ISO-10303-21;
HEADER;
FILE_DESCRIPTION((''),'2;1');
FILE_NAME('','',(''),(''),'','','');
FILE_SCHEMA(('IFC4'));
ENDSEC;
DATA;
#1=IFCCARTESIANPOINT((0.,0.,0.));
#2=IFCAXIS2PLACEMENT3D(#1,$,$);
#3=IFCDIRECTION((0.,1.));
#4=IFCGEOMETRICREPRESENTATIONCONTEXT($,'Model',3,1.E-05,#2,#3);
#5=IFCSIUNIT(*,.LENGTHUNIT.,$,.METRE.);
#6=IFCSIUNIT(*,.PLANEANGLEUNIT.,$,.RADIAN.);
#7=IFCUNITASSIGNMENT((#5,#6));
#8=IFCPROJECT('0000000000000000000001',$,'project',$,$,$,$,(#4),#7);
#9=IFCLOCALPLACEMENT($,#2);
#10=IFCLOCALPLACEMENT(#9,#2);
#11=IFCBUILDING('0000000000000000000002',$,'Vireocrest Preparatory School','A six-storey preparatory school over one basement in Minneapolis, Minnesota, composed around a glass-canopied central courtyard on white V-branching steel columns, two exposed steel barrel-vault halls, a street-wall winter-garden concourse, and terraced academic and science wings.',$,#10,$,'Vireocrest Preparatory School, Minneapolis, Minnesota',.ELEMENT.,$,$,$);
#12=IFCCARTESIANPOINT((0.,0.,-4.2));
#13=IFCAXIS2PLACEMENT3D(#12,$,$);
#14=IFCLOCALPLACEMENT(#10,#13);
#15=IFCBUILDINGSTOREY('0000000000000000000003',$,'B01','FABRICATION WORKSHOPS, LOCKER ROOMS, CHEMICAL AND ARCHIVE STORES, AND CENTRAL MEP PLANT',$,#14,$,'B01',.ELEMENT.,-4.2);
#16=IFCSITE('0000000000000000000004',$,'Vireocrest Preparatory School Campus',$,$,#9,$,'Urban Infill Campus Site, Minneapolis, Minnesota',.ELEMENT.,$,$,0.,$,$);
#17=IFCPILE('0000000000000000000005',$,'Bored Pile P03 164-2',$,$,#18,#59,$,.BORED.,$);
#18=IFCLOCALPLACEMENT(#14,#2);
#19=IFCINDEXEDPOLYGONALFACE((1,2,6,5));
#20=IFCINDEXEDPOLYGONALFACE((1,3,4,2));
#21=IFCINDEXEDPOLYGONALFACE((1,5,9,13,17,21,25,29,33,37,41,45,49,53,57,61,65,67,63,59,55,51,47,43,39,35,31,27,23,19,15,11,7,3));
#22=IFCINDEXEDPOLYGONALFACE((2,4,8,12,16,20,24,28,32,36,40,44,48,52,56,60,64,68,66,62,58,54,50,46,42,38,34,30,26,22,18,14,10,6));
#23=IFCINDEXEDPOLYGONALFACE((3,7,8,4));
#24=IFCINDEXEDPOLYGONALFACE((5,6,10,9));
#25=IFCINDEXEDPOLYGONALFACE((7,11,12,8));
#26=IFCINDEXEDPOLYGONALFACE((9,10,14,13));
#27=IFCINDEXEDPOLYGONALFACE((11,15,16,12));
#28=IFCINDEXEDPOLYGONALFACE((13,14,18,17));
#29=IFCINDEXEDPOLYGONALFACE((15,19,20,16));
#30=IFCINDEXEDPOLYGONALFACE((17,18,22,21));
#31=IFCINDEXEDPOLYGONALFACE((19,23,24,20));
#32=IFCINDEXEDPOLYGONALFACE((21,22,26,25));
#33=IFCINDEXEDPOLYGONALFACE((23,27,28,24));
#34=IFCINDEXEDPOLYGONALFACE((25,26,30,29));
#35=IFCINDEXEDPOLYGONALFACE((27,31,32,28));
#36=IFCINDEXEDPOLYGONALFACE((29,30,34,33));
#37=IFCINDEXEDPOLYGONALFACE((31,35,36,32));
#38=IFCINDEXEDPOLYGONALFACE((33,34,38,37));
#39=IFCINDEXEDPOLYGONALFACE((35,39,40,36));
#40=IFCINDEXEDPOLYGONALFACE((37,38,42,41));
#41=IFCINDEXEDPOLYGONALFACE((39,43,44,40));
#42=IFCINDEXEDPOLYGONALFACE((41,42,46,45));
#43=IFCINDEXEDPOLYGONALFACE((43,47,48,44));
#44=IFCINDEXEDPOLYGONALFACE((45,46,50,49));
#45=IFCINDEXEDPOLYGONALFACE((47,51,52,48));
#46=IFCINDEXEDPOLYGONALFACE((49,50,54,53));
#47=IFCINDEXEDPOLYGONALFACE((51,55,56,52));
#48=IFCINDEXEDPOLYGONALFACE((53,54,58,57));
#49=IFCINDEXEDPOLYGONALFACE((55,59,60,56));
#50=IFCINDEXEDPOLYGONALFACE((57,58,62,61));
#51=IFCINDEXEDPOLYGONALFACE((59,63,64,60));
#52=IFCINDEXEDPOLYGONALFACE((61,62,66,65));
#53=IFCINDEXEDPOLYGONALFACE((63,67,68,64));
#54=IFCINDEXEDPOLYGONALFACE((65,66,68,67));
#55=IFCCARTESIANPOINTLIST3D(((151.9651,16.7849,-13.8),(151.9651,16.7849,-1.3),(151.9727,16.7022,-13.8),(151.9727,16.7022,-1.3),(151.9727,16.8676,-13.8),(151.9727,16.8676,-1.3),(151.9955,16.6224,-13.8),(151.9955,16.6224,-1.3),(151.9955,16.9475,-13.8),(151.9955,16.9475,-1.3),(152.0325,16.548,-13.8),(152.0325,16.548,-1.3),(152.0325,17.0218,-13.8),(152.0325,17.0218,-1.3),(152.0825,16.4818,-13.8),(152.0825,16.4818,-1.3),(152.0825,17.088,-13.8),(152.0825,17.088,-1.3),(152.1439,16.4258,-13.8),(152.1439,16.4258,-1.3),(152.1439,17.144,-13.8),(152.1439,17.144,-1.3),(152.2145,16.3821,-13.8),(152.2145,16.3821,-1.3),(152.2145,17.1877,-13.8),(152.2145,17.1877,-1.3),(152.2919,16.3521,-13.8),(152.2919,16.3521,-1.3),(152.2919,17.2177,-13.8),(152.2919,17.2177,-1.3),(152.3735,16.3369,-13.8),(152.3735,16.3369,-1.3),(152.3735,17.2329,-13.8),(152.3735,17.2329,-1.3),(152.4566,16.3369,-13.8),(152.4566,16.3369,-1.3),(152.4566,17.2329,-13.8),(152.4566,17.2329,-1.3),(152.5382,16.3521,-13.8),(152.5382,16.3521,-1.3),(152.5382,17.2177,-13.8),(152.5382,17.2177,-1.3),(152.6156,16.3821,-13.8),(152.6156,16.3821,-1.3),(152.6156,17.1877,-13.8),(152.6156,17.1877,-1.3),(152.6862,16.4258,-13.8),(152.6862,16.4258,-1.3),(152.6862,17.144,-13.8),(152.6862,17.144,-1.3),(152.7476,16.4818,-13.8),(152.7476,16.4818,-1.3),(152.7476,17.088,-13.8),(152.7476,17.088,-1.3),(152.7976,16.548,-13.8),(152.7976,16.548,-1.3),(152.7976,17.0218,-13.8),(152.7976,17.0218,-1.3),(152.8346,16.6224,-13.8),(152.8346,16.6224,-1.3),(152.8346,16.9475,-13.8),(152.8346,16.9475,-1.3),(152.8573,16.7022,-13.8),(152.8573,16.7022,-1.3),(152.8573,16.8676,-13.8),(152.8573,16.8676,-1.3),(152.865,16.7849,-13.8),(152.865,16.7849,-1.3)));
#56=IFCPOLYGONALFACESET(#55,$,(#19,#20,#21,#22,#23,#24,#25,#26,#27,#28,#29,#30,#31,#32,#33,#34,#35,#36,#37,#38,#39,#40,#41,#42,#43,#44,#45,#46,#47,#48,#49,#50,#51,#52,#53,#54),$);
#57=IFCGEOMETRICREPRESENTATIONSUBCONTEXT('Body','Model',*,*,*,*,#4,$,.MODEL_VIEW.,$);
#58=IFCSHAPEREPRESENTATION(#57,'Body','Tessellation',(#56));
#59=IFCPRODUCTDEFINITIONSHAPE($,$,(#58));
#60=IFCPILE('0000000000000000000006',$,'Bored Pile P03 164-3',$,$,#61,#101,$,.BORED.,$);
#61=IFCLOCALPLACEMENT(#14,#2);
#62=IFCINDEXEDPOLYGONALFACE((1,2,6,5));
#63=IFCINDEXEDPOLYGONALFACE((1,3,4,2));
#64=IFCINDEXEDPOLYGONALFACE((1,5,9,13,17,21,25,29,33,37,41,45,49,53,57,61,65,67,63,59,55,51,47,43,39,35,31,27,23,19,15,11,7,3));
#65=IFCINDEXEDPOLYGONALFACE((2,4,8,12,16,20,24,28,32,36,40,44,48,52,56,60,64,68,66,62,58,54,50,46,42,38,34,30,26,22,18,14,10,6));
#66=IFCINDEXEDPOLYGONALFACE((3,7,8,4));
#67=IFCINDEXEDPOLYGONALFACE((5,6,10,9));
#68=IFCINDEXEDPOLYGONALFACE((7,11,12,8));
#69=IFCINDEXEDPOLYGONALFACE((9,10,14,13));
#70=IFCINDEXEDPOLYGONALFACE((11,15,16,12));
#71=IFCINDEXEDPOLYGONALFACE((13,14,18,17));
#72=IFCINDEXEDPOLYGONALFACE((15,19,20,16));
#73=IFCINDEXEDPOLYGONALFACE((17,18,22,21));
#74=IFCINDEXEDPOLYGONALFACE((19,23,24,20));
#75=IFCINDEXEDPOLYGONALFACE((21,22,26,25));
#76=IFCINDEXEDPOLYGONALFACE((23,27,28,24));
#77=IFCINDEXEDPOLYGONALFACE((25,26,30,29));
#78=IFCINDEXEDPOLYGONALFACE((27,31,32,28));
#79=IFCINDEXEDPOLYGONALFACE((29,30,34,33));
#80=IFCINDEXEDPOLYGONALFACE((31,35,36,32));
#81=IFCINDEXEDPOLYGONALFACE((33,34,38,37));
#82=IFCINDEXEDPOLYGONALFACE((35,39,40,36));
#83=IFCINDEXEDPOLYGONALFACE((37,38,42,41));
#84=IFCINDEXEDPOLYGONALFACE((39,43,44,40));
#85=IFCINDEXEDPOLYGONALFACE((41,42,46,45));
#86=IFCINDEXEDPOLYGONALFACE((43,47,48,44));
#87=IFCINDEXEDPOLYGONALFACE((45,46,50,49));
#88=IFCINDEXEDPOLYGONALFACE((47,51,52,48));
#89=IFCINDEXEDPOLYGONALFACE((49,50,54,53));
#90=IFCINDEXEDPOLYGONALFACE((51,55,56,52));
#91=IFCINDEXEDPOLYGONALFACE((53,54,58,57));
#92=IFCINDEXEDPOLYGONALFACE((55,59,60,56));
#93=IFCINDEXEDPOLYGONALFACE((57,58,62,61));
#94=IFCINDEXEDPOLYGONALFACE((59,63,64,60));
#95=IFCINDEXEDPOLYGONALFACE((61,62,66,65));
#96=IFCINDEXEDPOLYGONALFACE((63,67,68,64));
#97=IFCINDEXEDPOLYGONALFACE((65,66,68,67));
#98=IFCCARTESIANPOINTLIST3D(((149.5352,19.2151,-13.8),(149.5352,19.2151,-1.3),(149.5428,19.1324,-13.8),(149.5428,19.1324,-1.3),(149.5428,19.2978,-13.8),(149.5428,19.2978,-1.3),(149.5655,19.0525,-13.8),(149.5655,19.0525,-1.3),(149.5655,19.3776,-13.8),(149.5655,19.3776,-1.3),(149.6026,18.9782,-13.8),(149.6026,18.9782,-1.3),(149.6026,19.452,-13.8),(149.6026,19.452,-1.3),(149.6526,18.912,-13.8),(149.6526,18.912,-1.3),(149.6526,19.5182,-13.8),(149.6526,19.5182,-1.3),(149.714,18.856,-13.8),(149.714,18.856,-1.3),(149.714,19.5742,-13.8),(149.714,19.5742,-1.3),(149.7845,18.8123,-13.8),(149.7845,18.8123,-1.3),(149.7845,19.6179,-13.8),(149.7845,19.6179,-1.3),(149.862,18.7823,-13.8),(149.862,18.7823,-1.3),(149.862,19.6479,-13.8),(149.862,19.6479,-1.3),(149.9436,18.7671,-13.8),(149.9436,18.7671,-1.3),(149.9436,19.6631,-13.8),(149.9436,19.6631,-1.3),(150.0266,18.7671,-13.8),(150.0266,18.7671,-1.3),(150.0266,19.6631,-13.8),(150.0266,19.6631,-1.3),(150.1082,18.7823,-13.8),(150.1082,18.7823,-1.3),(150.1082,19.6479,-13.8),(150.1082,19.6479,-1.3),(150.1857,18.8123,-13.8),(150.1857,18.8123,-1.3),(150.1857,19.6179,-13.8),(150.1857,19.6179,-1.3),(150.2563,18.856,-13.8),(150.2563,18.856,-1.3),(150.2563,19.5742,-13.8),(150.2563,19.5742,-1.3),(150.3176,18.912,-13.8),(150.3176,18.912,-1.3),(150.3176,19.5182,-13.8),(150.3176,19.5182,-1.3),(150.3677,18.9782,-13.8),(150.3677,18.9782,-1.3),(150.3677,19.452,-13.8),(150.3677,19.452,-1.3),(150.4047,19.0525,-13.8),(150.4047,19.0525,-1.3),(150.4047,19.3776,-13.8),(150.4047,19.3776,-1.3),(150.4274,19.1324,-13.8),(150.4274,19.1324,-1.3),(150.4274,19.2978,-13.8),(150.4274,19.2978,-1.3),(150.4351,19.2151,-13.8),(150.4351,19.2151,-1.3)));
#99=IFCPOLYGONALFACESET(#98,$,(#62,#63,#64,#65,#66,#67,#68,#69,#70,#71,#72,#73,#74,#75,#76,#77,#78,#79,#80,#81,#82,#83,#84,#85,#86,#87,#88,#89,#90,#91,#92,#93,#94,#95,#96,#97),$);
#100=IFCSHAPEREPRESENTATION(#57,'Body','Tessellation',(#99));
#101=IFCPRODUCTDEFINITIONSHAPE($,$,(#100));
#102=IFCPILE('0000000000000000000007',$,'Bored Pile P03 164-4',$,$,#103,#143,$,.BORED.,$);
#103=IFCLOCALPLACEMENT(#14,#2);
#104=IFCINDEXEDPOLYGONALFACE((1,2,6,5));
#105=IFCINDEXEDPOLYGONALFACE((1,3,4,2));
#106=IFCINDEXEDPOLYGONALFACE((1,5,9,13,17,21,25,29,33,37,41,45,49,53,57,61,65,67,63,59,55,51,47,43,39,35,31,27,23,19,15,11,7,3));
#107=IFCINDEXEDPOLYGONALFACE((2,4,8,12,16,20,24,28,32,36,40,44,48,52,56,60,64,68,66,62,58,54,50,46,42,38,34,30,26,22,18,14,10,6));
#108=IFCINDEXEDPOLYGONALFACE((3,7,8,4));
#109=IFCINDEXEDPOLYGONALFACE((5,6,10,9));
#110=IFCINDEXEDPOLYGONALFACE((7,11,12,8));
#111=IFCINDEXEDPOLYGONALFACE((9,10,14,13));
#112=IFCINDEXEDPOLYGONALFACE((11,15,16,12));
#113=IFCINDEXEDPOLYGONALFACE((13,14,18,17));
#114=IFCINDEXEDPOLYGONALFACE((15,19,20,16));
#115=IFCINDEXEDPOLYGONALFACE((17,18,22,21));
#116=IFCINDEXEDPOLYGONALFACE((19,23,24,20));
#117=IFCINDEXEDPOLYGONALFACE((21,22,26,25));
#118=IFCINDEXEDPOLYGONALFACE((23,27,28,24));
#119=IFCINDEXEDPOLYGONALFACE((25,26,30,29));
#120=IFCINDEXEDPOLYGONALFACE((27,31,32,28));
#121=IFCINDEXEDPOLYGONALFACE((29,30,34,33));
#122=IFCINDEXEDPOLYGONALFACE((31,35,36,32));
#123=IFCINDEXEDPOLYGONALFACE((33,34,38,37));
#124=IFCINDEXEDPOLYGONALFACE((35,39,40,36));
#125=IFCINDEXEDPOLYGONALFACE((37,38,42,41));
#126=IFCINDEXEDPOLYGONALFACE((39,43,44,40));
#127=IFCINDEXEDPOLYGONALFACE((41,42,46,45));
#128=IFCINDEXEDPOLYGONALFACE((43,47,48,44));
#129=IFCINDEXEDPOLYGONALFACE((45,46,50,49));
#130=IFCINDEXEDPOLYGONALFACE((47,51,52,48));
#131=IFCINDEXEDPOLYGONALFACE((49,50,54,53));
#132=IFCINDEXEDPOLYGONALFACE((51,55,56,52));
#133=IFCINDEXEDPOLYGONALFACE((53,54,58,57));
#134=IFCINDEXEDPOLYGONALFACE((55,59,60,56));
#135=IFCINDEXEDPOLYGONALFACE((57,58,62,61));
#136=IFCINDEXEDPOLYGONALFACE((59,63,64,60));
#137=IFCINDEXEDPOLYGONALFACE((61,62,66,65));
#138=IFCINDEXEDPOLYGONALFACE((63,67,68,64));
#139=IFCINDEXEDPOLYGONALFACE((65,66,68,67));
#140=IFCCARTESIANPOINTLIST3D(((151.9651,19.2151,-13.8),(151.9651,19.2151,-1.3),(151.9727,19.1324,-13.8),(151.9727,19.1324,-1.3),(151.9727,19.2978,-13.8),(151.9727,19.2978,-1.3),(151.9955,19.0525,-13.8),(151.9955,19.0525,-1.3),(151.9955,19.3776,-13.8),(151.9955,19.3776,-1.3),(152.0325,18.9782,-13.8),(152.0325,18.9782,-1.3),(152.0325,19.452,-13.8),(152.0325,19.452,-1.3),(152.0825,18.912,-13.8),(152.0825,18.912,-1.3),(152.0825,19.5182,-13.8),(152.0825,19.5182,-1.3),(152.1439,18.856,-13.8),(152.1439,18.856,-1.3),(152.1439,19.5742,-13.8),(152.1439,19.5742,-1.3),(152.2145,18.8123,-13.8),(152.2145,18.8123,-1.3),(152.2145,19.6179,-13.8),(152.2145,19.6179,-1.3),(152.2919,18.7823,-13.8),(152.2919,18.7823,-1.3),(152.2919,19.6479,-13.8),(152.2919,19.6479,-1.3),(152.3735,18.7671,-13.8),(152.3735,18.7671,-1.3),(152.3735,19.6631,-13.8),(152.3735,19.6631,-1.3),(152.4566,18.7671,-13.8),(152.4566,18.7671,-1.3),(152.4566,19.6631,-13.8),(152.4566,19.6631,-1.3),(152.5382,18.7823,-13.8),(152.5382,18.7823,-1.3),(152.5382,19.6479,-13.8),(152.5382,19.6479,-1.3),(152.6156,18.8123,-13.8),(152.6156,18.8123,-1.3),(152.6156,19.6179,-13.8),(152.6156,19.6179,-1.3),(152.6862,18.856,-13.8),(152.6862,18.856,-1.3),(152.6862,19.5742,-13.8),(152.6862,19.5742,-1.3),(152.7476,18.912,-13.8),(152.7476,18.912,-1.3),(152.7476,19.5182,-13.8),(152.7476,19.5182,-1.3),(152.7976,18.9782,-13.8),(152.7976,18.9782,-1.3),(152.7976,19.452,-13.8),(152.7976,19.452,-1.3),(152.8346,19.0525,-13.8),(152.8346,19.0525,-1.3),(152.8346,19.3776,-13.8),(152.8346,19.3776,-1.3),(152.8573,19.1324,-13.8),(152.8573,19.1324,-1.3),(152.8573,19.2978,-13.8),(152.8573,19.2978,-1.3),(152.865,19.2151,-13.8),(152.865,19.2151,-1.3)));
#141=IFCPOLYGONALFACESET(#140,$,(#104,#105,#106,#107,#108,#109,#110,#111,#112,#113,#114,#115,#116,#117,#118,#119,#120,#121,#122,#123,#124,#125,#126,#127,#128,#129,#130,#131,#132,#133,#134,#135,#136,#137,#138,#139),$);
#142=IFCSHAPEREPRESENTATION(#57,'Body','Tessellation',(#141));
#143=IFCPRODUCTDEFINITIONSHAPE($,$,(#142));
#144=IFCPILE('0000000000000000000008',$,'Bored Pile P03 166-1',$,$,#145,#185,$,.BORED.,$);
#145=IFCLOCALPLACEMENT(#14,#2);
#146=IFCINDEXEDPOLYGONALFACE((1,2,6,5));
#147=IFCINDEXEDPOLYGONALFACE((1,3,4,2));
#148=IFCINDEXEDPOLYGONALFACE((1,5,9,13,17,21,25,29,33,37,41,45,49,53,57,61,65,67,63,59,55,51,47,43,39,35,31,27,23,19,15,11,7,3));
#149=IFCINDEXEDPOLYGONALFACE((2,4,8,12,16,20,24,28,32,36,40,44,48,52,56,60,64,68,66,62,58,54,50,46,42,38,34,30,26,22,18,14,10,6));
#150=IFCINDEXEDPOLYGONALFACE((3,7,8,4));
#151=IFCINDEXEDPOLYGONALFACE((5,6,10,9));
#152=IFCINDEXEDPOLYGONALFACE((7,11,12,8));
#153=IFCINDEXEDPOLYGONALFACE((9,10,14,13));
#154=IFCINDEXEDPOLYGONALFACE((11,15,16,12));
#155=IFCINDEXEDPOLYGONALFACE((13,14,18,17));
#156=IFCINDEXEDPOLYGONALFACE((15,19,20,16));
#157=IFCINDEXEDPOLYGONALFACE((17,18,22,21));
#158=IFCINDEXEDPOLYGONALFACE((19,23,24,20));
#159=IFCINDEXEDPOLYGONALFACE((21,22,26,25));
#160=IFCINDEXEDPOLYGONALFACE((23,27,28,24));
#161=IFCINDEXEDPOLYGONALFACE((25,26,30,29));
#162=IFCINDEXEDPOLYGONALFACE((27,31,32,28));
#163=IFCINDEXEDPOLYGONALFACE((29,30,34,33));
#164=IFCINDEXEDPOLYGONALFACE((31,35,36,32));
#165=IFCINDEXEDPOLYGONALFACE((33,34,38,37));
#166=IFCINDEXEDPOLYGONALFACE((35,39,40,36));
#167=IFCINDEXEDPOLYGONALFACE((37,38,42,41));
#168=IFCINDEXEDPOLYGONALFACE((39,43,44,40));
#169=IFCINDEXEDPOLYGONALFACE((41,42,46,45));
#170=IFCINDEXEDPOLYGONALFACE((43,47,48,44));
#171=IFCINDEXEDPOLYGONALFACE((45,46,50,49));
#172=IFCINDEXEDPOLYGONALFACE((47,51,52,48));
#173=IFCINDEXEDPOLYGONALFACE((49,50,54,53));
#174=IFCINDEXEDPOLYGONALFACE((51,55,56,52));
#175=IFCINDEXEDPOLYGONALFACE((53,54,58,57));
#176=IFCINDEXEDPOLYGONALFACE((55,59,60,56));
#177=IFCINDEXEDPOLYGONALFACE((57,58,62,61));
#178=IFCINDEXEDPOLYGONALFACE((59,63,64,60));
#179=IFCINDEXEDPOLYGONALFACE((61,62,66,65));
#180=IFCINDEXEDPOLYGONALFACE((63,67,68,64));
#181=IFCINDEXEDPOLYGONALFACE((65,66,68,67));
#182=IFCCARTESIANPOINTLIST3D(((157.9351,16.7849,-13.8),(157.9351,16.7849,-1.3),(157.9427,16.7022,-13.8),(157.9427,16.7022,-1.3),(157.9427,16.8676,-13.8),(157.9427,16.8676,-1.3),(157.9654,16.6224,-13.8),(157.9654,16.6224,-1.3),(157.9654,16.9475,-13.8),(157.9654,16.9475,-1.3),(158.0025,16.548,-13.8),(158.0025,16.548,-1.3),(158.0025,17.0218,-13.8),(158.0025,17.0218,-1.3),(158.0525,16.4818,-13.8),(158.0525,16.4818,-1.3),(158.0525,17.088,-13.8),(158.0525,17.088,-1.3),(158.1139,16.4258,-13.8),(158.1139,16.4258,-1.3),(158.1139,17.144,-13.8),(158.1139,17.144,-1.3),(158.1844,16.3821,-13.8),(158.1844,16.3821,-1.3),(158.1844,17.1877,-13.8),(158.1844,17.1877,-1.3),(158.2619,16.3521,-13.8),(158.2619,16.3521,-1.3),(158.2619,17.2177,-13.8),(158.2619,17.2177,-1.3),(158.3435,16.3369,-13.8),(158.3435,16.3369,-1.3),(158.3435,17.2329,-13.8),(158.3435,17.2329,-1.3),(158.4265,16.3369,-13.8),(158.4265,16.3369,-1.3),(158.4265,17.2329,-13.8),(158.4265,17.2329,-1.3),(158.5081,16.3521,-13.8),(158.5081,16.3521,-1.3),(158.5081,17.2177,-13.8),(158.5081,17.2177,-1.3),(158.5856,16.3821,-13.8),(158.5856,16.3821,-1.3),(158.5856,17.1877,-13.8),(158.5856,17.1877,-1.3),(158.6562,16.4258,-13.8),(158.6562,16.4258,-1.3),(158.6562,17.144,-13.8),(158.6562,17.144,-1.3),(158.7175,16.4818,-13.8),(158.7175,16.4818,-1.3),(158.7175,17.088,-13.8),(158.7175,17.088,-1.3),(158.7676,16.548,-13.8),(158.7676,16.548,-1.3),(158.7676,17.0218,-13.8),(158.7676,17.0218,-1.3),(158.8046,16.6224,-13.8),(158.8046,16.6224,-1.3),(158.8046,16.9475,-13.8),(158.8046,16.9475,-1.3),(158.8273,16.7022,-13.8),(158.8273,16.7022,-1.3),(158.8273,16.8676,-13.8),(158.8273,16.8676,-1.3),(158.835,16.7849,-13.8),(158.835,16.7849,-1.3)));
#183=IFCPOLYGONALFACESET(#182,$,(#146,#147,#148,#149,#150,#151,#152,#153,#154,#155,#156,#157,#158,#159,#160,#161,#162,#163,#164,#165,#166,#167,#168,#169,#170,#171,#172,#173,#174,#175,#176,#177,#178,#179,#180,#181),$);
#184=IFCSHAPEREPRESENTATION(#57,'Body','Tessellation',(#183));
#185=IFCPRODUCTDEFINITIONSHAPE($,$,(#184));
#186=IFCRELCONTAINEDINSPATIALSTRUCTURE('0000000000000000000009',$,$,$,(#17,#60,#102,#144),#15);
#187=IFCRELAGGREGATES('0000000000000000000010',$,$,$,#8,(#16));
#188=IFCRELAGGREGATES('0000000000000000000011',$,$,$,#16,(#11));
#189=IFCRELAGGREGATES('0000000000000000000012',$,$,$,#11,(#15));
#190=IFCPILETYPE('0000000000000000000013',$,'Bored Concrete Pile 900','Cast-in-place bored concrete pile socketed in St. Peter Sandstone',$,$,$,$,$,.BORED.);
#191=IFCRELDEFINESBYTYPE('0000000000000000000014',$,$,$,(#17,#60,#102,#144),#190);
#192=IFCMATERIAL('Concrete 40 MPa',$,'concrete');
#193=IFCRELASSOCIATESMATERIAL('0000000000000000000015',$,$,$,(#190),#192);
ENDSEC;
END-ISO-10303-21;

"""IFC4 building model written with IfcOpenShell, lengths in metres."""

from ifc_helpers import new_model, si_unit, direction, frame, origin, origin_2d, place, context, subcontext, project, spatial, circle, extrude, material, material_profile, profile_set, type_object, element, save


model = new_model("IFC4")

# Units and contexts
model_context = context("Model", 3, precision=1e-05, world=origin(), true_north=direction((0.0, 1.0)))
body_context = subcontext(model_context, "Body", "Model", "MODEL_VIEW")
ifc_project = project(units=[si_unit("LENGTHUNIT", "METRE"), si_unit("PLANEANGLEUNIT", "RADIAN")], contexts=[model_context])

# Site, building, storey
site_placement = place(None, origin())
site = spatial("IfcSite", under=ifc_project, at=site_placement, Name="Vireocrest Preparatory School Campus", LongName="Urban Infill Campus Site, Minneapolis, Minnesota", CompositionType="ELEMENT", RefElevation=0.0)
building_placement = place(site_placement, origin())
building = spatial("IfcBuilding", under=site, at=building_placement, Name="Vireocrest Preparatory School", Description="A six-storey preparatory school over one basement in Minneapolis, Minnesota, composed around a glass-canopied central courtyard on white V-branching steel columns, two exposed steel barrel-vault halls, a street-wall winter-garden concourse, and terraced academic and science wings.", LongName="Vireocrest Preparatory School, Minneapolis, Minnesota", CompositionType="ELEMENT")
storey_placement = place(building_placement, frame((0.0, 0.0, -4.2)))
storey = spatial("IfcBuildingStorey", under=building, at=storey_placement, Name="B01", Description="FABRICATION WORKSHOPS, LOCKER ROOMS, CHEMICAL AND ARCHIVE STORES, AND CENTRAL MEP PLANT", LongName="B01", CompositionType="ELEMENT", Elevation=-4.2)

# Piles
ifc_material_1 = material(Name="Concrete 40 MPa", Category="concrete")
ifc_material_profile_1 = material_profile(ifc_material_1, circle(Radius=0.45, at=origin_2d()), Name="BORED PILE 900")
ifc_profile_set_1 = profile_set([ifc_material_profile_1], Name="Concrete 40 MPa")
pile_type = type_object("IfcPileType", Name="Bored Concrete Pile 900", Description="Cast-in-place bored concrete pile socketed in St. Peter Sandstone", PredefinedType="BORED", material=ifc_profile_set_1)
for number, where, z_axis, x_axis, name in (
    (1, (152.415, 16.7849, -1.3), (0.0, 0.0, -1.0), (1.0, 0.0, 0.0), "Bored Pile P03 164-2"),
    (2, (149.9851, 19.2151, -1.3), (0.0, 0.0, -1.0), (1.0, 0.0, 0.0), "Bored Pile P03 164-3"),
    (3, (152.415, 19.2151, -1.3), (0.0, 0.0, -1.0), (1.0, 0.0, 0.0), "Bored Pile P03 164-4"),
    (4, (158.385, 16.7849, -1.3), (0.0, 0.0, -1.0), (1.0, 0.0, 0.0), "Bored Pile P03 166-1"),
):
    element("IfcPile", number, at=place(storey_placement, frame(where, z_axis=z_axis, x_axis=x_axis)), inside=storey, type_object=pile_type, Name=name, PredefinedType="BORED", context=body_context, shape_type="SweptSolid", body=[
        extrude(circle(Radius=0.45, at=origin_2d()), origin(), (0.0, 0.0, 1.0), 12.5),
    ])

save(model, "model.ifc")
